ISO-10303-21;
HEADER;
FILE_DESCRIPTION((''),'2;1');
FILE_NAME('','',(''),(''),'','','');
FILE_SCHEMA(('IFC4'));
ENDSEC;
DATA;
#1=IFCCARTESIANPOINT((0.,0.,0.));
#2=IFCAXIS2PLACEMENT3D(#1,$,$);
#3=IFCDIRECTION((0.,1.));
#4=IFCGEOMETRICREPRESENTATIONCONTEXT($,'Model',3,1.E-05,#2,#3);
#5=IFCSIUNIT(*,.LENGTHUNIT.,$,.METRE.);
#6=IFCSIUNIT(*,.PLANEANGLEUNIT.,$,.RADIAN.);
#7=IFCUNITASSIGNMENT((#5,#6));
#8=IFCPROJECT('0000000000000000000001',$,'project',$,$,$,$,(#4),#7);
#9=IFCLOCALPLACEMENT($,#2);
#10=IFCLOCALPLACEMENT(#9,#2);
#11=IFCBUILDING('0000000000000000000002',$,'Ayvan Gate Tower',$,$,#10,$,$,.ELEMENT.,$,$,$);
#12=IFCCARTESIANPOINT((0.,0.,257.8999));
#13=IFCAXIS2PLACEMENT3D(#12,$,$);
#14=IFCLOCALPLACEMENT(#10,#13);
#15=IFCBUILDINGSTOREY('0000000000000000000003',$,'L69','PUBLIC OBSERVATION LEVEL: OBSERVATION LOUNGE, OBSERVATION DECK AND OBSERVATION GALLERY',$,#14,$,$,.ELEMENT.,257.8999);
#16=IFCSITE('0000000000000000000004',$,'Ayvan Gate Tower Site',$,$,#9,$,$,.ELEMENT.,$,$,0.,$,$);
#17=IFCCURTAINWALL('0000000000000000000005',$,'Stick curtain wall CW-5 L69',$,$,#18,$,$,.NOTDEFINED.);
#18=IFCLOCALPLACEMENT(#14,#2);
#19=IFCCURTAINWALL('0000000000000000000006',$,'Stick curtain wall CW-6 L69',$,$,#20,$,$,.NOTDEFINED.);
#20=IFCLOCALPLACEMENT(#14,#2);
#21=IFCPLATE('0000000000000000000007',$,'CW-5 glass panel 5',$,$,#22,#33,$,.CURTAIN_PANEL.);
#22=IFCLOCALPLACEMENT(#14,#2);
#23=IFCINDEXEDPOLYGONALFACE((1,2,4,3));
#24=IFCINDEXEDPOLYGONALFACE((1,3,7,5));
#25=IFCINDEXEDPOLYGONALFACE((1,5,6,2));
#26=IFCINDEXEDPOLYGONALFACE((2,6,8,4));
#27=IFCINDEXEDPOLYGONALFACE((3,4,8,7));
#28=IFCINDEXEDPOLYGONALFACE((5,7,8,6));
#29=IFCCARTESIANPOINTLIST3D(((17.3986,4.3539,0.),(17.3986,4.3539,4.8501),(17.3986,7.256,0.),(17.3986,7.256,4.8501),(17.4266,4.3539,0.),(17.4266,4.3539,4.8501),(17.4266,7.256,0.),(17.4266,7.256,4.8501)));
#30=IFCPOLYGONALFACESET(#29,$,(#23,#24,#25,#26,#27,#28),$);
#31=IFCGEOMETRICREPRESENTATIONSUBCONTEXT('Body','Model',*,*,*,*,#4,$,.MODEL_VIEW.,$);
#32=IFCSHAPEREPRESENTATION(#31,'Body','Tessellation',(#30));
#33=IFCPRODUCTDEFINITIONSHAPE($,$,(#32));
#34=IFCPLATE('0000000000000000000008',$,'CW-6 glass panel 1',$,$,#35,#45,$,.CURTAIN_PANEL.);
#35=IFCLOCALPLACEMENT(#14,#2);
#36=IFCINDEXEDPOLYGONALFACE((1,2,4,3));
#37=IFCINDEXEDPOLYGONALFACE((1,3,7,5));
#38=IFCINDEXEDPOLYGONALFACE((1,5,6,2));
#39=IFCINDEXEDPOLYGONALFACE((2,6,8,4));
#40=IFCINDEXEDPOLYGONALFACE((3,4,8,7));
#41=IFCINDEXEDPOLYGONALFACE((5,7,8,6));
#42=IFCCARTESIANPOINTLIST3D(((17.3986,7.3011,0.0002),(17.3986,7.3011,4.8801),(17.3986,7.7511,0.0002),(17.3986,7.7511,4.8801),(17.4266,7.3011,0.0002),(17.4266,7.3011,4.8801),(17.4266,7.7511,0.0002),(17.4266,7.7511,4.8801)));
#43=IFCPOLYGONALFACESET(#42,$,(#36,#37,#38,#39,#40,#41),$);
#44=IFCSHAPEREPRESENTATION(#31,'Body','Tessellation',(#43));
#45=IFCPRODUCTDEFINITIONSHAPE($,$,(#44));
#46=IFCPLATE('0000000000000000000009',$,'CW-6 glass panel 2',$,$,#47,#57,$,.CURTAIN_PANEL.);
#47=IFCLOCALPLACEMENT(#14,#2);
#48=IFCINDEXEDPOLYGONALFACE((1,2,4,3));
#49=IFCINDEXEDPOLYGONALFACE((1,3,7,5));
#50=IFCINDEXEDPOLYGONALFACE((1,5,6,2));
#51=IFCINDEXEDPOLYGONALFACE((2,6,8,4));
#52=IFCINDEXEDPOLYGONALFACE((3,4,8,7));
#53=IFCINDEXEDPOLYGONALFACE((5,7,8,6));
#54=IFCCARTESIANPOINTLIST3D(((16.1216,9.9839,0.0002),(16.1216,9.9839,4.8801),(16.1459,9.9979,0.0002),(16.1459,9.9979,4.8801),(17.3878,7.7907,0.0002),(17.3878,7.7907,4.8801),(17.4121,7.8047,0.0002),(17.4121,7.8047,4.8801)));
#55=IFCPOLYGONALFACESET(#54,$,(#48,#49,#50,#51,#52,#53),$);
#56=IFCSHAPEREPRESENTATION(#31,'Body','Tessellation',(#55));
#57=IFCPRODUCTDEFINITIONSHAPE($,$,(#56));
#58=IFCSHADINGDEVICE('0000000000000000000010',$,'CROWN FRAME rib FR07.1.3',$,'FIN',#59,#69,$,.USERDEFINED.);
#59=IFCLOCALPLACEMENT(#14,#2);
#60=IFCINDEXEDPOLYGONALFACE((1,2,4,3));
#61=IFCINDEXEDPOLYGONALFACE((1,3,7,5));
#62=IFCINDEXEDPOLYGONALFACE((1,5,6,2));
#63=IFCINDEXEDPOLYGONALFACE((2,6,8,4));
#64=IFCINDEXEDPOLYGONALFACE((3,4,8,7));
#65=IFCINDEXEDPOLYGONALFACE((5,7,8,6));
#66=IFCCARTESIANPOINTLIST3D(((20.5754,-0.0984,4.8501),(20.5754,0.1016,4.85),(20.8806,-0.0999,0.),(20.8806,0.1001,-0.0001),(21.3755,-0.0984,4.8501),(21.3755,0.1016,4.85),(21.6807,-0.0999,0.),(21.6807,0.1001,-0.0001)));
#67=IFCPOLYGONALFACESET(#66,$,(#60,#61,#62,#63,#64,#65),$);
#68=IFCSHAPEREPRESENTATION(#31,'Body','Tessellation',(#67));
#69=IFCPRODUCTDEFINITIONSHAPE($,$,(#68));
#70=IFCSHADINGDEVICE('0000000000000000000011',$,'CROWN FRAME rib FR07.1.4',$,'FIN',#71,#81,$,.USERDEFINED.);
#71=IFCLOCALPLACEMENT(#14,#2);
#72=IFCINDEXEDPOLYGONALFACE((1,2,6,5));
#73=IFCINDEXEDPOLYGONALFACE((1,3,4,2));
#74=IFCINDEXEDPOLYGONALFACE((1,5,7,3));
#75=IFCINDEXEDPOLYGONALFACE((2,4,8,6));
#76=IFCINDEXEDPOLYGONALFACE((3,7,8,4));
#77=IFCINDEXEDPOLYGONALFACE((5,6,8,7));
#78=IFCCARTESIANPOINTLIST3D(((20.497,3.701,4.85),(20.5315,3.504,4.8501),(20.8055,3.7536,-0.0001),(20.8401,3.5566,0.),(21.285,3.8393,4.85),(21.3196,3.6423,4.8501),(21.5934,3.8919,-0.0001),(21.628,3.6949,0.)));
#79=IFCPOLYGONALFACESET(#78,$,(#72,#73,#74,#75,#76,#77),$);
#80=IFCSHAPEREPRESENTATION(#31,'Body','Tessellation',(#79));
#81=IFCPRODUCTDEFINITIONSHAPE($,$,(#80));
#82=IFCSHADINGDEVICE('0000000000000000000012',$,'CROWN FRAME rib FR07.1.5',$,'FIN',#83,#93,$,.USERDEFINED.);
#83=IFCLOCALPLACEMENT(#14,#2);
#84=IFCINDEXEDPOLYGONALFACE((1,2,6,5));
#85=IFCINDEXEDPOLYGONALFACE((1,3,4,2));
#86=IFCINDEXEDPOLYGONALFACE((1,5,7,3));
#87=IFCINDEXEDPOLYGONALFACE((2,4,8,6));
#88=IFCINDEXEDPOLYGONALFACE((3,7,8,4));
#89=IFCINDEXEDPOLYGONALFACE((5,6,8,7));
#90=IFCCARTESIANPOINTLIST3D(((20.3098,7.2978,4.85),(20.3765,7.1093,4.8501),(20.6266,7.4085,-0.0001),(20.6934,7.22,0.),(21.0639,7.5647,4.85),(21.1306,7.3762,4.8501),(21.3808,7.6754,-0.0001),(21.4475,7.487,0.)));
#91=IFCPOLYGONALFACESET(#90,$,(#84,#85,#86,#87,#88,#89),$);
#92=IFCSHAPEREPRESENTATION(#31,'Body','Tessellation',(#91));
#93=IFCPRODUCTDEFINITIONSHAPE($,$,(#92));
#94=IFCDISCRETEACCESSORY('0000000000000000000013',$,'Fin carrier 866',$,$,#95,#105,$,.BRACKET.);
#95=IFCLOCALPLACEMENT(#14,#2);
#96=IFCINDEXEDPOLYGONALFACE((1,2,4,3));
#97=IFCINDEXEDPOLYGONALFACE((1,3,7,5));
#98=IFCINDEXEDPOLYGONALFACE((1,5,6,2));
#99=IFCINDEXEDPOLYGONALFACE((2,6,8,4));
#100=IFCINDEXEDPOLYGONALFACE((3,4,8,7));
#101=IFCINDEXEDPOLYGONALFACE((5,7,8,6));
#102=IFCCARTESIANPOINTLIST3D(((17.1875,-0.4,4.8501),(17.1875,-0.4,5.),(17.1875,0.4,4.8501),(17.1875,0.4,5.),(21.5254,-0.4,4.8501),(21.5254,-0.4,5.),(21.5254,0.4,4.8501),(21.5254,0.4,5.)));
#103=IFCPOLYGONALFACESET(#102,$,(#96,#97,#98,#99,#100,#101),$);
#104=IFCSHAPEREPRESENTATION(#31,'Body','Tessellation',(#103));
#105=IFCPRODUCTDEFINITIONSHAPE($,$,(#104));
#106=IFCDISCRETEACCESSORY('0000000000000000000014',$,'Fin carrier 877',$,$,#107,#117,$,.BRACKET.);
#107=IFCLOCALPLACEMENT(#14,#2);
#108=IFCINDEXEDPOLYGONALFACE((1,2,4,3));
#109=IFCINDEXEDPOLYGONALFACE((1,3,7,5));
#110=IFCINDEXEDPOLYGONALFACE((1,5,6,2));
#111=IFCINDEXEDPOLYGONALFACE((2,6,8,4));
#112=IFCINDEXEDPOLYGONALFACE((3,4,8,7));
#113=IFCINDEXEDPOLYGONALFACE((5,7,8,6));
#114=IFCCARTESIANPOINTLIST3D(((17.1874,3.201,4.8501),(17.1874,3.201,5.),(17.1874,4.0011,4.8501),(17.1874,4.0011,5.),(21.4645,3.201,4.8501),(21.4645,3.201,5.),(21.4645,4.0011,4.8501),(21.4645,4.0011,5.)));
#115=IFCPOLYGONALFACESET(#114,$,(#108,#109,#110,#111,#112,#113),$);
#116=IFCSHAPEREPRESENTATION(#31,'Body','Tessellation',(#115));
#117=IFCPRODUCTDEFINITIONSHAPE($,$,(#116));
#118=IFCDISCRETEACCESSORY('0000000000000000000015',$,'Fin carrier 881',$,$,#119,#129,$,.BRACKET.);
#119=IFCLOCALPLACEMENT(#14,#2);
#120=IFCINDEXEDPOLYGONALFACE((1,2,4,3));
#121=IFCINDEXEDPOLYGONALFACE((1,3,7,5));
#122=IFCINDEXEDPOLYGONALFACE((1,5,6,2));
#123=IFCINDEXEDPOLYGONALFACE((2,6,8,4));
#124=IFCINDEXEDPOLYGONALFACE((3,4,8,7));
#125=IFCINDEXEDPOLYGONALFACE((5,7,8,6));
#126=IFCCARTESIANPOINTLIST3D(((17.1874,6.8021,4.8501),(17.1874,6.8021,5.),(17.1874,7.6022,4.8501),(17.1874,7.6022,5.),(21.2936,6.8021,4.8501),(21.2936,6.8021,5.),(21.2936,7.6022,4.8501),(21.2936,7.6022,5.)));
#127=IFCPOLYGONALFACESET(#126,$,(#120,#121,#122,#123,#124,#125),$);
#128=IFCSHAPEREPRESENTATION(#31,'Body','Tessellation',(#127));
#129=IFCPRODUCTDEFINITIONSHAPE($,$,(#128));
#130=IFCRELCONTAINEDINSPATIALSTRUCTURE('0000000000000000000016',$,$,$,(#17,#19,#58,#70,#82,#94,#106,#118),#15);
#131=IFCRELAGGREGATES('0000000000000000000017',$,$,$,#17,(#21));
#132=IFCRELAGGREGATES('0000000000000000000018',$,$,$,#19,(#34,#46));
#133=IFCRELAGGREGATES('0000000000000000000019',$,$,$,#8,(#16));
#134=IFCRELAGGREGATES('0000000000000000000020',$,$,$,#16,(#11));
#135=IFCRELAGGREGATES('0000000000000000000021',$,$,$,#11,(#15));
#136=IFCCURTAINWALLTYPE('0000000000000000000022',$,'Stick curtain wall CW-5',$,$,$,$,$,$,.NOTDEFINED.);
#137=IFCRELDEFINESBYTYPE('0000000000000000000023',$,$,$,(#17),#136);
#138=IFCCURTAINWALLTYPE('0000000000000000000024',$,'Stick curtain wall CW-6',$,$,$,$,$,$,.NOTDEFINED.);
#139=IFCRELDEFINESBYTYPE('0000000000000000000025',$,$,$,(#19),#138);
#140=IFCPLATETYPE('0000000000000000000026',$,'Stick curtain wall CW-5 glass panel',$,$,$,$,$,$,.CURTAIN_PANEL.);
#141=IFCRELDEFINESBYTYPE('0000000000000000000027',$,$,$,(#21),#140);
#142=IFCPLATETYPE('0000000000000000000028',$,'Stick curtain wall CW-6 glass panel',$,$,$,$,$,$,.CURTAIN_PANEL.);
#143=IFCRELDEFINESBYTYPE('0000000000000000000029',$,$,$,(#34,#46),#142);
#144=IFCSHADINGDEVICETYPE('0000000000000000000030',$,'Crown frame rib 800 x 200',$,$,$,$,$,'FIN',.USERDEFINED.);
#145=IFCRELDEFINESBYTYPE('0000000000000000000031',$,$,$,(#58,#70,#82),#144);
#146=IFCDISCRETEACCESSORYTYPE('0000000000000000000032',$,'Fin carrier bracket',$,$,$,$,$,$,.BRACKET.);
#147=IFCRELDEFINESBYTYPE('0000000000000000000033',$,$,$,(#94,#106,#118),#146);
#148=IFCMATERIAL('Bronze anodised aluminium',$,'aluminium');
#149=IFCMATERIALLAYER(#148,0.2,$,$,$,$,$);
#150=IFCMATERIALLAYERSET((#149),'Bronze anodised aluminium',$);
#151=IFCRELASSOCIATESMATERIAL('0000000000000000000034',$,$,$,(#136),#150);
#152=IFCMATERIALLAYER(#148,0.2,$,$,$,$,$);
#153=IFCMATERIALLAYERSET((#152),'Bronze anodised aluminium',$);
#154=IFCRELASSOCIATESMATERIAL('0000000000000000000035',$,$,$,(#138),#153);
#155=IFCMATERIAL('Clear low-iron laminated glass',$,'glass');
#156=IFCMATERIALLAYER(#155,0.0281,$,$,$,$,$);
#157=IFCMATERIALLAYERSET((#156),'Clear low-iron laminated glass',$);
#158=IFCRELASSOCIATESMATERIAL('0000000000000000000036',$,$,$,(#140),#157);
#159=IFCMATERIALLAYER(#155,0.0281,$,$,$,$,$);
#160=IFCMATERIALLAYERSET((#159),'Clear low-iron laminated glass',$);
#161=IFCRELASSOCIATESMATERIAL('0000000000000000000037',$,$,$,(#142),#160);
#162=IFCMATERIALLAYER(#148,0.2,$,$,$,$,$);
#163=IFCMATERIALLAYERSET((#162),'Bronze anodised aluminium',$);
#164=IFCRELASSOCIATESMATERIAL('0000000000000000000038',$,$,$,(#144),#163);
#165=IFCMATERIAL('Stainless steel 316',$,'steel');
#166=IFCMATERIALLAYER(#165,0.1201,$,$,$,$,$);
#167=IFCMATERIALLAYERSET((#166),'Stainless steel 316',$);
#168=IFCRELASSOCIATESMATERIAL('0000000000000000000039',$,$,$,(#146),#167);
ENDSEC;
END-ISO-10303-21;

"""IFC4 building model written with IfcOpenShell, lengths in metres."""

from ifc_helpers import new_model, si_unit, direction, frame, origin, origin_2d, place, context, subcontext, project, spatial, polyline, rectangle, outline, extrude, material, layer, layer_set, type_object, element, aggregate, save


model = new_model("IFC4")

# Units and contexts
model_context = context("Model", 3, precision=1e-05, world=origin(), true_north=direction((0.0, 1.0)))
body_context = subcontext(model_context, "Body", "Model", "MODEL_VIEW")
ifc_project = project(units=[si_unit("LENGTHUNIT", "METRE"), si_unit("PLANEANGLEUNIT", "RADIAN")], contexts=[model_context])

# Site, building, storey
site_placement = place(None, origin())
site = spatial("IfcSite", under=ifc_project, at=site_placement, Name="Ayvan Gate Tower Site", CompositionType="ELEMENT", RefElevation=0.0)
building_placement = place(site_placement, origin())
building = spatial("IfcBuilding", under=site, at=building_placement, Name="Ayvan Gate Tower", CompositionType="ELEMENT")
storey_placement = place(building_placement, frame((0.0, 0.0, 257.8999)))
storey = spatial("IfcBuildingStorey", under=building, at=storey_placement, Name="L69", Description="PUBLIC OBSERVATION LEVEL: OBSERVATION LOUNGE, OBSERVATION DECK AND OBSERVATION GALLERY", CompositionType="ELEMENT", Elevation=257.8999)

# Curtain walls
ifc_material_1 = material(Name="Bronze anodised aluminium", Category="aluminium")
ifc_layer_1 = layer(ifc_material_1, 0.2)
ifc_layer_set_1 = layer_set([ifc_layer_1], Name="Bronze anodised aluminium")
curtain_wall_type_1 = type_object("IfcCurtainWallType", Name="Stick curtain wall CW-5", PredefinedType="NOTDEFINED", material=ifc_layer_set_1)
curtain_wall_1_placement = place(storey_placement, origin())
curtain_wall_1 = element("IfcCurtainWall", 1, at=curtain_wall_1_placement, inside=storey, type_object=curtain_wall_type_1, Name="Stick curtain wall CW-5 L69", PredefinedType="NOTDEFINED")
ifc_layer_2 = layer(ifc_material_1, 0.2)
ifc_layer_set_2 = layer_set([ifc_layer_2], Name="Bronze anodised aluminium")
curtain_wall_type_2 = type_object("IfcCurtainWallType", Name="Stick curtain wall CW-6", PredefinedType="NOTDEFINED", material=ifc_layer_set_2)
curtain_wall_2_placement = place(storey_placement, origin())
curtain_wall_2 = element("IfcCurtainWall", 2, at=curtain_wall_2_placement, inside=storey, type_object=curtain_wall_type_2, Name="Stick curtain wall CW-6 L69", PredefinedType="NOTDEFINED")

# Plates
ifc_material_2 = material(Name="Clear low-iron laminated glass", Category="glass")
ifc_layer_3 = layer(ifc_material_2, 0.0281)
ifc_layer_set_3 = layer_set([ifc_layer_3], Name="Clear low-iron laminated glass")
plate_type_1 = type_object("IfcPlateType", Name="Stick curtain wall CW-5 glass panel", PredefinedType="CURTAIN_PANEL", material=ifc_layer_set_3)
plate_1_placement = place(storey_placement, frame((17.4126, 5.8049, 0.0), z_axis=(0.0, 0.0, 1.0), x_axis=(0.0, 1.0, 0.0)))
plate_1 = element("IfcPlate", 3, at=plate_1_placement, type_object=plate_type_1, Name="CW-5 glass panel 5", PredefinedType="CURTAIN_PANEL", context=body_context, shape_type="SweptSolid", body=[
    extrude(rectangle(XDim=2.9021, YDim=0.0281, at=origin_2d()), origin(), (0.0, 0.0, 1.0), 4.8501),
])
aggregate(curtain_wall_1, [plate_1])
ifc_layer_4 = layer(ifc_material_2, 0.0281)
ifc_layer_set_4 = layer_set([ifc_layer_4], Name="Clear low-iron laminated glass")
plate_type_2 = type_object("IfcPlateType", Name="Stick curtain wall CW-6 glass panel", PredefinedType="CURTAIN_PANEL", material=ifc_layer_set_4)
plate_2_placement = place(storey_placement, frame((17.4126, 7.5261, 0.0002), z_axis=(0.0, 0.0, 1.0), x_axis=(0.0, 1.0, 0.0)))
plate_2 = element("IfcPlate", 4, at=plate_2_placement, type_object=plate_type_2, Name="CW-6 glass panel 1", PredefinedType="CURTAIN_PANEL", context=body_context, shape_type="SweptSolid", body=[
    extrude(rectangle(XDim=0.45, YDim=0.0281, at=origin_2d()), origin(), (0.0, 0.0, 1.0), 4.8799),
])
plate_3_placement = place(storey_placement, frame((16.7668, 8.8943, 0.0002), z_axis=(0.0, 0.0, 1.0), x_axis=(-0.5, 0.866025, 0.0)))
plate_3 = element("IfcPlate", 5, at=plate_3_placement, type_object=plate_type_2, Name="CW-6 glass panel 2", PredefinedType="CURTAIN_PANEL", context=body_context, shape_type="SweptSolid", body=[
    extrude(rectangle(XDim=2.5325, YDim=0.0281, at=origin_2d()), origin(), (0.0, 0.0, 1.0), 4.8799),
])
aggregate(curtain_wall_2, [plate_2, plate_3])

# Shading devices
ifc_layer_5 = layer(ifc_material_1, 0.2)
ifc_layer_set_5 = layer_set([ifc_layer_5], Name="Bronze anodised aluminium")
shading_device_type = type_object("IfcShadingDeviceType", Name="Crown frame rib 800 x 200", ElementType="FIN", PredefinedType="USERDEFINED", material=ifc_layer_set_5)
shading_device_1_placement = place(storey_placement, frame((20.8806, -0.0999, 0.0), z_axis=(0.0, -1.0, 0.000302), x_axis=(1.0, 0.0, 0.0)))
element("IfcShadingDevice", 6, at=shading_device_1_placement, inside=storey, type_object=shading_device_type, Name="CROWN FRAME rib FR07.1.3", ObjectType="FIN", PredefinedType="USERDEFINED", context=body_context, shape_type="SweptSolid", body=[
    extrude(outline(polyline([(0.0, 0.0), (0.8, 0.0), (0.4949, 4.8501), (-0.3052, 4.8501), (0.0, 0.0)])), origin(), (0.0, 0.0, -1.0), 0.2),
])
shading_device_2_placement = place(storey_placement, frame((20.8401, 3.5566, 0.0), z_axis=(0.17288, -0.984943, 0.000311), x_axis=(0.984943, 0.17288, 0.0)))
element("IfcShadingDevice", 7, at=shading_device_2_placement, inside=storey, type_object=shading_device_type, Name="CROWN FRAME rib FR07.1.4", ObjectType="FIN", PredefinedType="USERDEFINED", context=body_context, shape_type="SweptSolid", body=[
    extrude(outline(polyline([(0.0, 0.0), (0.7999, 0.0), (0.4871, 4.8501), (-0.313, 4.8501), (0.0, 0.0)])), origin(), (0.0, 0.0, -1.0), 0.2),
])
shading_device_3_placement = place(storey_placement, frame((20.6934, 7.22, 0.0), z_axis=(0.333706, -0.942677, 0.000284), x_axis=(0.942677, 0.333706, 0.0)))
element("IfcShadingDevice", 8, at=shading_device_3_placement, inside=storey, type_object=shading_device_type, Name="CROWN FRAME rib FR07.1.5", ObjectType="FIN", PredefinedType="USERDEFINED", context=body_context, shape_type="SweptSolid", body=[
    extrude(outline(polyline([(0.0, 0.0), (0.8, 0.0), (0.4643, 4.8501), (-0.3356, 4.8501), (0.0, 0.0)])), origin(), (0.0, 0.0, -1.0), 0.2),
])

# Discrete accessories
ifc_material_3 = material(Name="Stainless steel 316", Category="steel")
ifc_layer_6 = layer(ifc_material_3, 0.1201)
ifc_layer_set_6 = layer_set([ifc_layer_6], Name="Stainless steel 316")
discrete_accessory_type = type_object("IfcDiscreteAccessoryType", Name="Fin carrier bracket", PredefinedType="BRACKET", material=ifc_layer_set_6)
discrete_accessory_1_placement = place(storey_placement, frame((19.3564, 0.0, 4.8501), z_axis=(0.0, 0.0, 1.0), x_axis=(0.0, 1.0, 0.0)))
element("IfcDiscreteAccessory", 9, at=discrete_accessory_1_placement, inside=storey, type_object=discrete_accessory_type, Name="Fin carrier 866", PredefinedType="BRACKET", context=body_context, shape_type="SweptSolid", body=[
    extrude(rectangle(XDim=0.8, YDim=4.3379, at=origin_2d()), origin(), (0.0, 0.0, 1.0), 0.1499),
])
discrete_accessory_2_placement = place(storey_placement, frame((19.3259, 3.6011, 4.8501), z_axis=(0.0, 0.0, 1.0), x_axis=(0.0, 1.0, 0.0)))
element("IfcDiscreteAccessory", 10, at=discrete_accessory_2_placement, inside=storey, type_object=discrete_accessory_type, Name="Fin carrier 877", PredefinedType="BRACKET", context=body_context, shape_type="SweptSolid", body=[
    extrude(rectangle(XDim=0.8, YDim=4.2771, at=origin_2d()), origin(), (0.0, 0.0, 1.0), 0.1499),
])
discrete_accessory_3_placement = place(storey_placement, frame((19.2405, 7.2021, 4.8501), z_axis=(0.0, 0.0, 1.0), x_axis=(0.0, 1.0, 0.0)))
element("IfcDiscreteAccessory", 11, at=discrete_accessory_3_placement, inside=storey, type_object=discrete_accessory_type, Name="Fin carrier 881", PredefinedType="BRACKET", context=body_context, shape_type="SweptSolid", body=[
    extrude(rectangle(XDim=0.8, YDim=4.1062, at=origin_2d()), origin(), (0.0, 0.0, 1.0), 0.1499),
])

save(model, "model.ifc")
